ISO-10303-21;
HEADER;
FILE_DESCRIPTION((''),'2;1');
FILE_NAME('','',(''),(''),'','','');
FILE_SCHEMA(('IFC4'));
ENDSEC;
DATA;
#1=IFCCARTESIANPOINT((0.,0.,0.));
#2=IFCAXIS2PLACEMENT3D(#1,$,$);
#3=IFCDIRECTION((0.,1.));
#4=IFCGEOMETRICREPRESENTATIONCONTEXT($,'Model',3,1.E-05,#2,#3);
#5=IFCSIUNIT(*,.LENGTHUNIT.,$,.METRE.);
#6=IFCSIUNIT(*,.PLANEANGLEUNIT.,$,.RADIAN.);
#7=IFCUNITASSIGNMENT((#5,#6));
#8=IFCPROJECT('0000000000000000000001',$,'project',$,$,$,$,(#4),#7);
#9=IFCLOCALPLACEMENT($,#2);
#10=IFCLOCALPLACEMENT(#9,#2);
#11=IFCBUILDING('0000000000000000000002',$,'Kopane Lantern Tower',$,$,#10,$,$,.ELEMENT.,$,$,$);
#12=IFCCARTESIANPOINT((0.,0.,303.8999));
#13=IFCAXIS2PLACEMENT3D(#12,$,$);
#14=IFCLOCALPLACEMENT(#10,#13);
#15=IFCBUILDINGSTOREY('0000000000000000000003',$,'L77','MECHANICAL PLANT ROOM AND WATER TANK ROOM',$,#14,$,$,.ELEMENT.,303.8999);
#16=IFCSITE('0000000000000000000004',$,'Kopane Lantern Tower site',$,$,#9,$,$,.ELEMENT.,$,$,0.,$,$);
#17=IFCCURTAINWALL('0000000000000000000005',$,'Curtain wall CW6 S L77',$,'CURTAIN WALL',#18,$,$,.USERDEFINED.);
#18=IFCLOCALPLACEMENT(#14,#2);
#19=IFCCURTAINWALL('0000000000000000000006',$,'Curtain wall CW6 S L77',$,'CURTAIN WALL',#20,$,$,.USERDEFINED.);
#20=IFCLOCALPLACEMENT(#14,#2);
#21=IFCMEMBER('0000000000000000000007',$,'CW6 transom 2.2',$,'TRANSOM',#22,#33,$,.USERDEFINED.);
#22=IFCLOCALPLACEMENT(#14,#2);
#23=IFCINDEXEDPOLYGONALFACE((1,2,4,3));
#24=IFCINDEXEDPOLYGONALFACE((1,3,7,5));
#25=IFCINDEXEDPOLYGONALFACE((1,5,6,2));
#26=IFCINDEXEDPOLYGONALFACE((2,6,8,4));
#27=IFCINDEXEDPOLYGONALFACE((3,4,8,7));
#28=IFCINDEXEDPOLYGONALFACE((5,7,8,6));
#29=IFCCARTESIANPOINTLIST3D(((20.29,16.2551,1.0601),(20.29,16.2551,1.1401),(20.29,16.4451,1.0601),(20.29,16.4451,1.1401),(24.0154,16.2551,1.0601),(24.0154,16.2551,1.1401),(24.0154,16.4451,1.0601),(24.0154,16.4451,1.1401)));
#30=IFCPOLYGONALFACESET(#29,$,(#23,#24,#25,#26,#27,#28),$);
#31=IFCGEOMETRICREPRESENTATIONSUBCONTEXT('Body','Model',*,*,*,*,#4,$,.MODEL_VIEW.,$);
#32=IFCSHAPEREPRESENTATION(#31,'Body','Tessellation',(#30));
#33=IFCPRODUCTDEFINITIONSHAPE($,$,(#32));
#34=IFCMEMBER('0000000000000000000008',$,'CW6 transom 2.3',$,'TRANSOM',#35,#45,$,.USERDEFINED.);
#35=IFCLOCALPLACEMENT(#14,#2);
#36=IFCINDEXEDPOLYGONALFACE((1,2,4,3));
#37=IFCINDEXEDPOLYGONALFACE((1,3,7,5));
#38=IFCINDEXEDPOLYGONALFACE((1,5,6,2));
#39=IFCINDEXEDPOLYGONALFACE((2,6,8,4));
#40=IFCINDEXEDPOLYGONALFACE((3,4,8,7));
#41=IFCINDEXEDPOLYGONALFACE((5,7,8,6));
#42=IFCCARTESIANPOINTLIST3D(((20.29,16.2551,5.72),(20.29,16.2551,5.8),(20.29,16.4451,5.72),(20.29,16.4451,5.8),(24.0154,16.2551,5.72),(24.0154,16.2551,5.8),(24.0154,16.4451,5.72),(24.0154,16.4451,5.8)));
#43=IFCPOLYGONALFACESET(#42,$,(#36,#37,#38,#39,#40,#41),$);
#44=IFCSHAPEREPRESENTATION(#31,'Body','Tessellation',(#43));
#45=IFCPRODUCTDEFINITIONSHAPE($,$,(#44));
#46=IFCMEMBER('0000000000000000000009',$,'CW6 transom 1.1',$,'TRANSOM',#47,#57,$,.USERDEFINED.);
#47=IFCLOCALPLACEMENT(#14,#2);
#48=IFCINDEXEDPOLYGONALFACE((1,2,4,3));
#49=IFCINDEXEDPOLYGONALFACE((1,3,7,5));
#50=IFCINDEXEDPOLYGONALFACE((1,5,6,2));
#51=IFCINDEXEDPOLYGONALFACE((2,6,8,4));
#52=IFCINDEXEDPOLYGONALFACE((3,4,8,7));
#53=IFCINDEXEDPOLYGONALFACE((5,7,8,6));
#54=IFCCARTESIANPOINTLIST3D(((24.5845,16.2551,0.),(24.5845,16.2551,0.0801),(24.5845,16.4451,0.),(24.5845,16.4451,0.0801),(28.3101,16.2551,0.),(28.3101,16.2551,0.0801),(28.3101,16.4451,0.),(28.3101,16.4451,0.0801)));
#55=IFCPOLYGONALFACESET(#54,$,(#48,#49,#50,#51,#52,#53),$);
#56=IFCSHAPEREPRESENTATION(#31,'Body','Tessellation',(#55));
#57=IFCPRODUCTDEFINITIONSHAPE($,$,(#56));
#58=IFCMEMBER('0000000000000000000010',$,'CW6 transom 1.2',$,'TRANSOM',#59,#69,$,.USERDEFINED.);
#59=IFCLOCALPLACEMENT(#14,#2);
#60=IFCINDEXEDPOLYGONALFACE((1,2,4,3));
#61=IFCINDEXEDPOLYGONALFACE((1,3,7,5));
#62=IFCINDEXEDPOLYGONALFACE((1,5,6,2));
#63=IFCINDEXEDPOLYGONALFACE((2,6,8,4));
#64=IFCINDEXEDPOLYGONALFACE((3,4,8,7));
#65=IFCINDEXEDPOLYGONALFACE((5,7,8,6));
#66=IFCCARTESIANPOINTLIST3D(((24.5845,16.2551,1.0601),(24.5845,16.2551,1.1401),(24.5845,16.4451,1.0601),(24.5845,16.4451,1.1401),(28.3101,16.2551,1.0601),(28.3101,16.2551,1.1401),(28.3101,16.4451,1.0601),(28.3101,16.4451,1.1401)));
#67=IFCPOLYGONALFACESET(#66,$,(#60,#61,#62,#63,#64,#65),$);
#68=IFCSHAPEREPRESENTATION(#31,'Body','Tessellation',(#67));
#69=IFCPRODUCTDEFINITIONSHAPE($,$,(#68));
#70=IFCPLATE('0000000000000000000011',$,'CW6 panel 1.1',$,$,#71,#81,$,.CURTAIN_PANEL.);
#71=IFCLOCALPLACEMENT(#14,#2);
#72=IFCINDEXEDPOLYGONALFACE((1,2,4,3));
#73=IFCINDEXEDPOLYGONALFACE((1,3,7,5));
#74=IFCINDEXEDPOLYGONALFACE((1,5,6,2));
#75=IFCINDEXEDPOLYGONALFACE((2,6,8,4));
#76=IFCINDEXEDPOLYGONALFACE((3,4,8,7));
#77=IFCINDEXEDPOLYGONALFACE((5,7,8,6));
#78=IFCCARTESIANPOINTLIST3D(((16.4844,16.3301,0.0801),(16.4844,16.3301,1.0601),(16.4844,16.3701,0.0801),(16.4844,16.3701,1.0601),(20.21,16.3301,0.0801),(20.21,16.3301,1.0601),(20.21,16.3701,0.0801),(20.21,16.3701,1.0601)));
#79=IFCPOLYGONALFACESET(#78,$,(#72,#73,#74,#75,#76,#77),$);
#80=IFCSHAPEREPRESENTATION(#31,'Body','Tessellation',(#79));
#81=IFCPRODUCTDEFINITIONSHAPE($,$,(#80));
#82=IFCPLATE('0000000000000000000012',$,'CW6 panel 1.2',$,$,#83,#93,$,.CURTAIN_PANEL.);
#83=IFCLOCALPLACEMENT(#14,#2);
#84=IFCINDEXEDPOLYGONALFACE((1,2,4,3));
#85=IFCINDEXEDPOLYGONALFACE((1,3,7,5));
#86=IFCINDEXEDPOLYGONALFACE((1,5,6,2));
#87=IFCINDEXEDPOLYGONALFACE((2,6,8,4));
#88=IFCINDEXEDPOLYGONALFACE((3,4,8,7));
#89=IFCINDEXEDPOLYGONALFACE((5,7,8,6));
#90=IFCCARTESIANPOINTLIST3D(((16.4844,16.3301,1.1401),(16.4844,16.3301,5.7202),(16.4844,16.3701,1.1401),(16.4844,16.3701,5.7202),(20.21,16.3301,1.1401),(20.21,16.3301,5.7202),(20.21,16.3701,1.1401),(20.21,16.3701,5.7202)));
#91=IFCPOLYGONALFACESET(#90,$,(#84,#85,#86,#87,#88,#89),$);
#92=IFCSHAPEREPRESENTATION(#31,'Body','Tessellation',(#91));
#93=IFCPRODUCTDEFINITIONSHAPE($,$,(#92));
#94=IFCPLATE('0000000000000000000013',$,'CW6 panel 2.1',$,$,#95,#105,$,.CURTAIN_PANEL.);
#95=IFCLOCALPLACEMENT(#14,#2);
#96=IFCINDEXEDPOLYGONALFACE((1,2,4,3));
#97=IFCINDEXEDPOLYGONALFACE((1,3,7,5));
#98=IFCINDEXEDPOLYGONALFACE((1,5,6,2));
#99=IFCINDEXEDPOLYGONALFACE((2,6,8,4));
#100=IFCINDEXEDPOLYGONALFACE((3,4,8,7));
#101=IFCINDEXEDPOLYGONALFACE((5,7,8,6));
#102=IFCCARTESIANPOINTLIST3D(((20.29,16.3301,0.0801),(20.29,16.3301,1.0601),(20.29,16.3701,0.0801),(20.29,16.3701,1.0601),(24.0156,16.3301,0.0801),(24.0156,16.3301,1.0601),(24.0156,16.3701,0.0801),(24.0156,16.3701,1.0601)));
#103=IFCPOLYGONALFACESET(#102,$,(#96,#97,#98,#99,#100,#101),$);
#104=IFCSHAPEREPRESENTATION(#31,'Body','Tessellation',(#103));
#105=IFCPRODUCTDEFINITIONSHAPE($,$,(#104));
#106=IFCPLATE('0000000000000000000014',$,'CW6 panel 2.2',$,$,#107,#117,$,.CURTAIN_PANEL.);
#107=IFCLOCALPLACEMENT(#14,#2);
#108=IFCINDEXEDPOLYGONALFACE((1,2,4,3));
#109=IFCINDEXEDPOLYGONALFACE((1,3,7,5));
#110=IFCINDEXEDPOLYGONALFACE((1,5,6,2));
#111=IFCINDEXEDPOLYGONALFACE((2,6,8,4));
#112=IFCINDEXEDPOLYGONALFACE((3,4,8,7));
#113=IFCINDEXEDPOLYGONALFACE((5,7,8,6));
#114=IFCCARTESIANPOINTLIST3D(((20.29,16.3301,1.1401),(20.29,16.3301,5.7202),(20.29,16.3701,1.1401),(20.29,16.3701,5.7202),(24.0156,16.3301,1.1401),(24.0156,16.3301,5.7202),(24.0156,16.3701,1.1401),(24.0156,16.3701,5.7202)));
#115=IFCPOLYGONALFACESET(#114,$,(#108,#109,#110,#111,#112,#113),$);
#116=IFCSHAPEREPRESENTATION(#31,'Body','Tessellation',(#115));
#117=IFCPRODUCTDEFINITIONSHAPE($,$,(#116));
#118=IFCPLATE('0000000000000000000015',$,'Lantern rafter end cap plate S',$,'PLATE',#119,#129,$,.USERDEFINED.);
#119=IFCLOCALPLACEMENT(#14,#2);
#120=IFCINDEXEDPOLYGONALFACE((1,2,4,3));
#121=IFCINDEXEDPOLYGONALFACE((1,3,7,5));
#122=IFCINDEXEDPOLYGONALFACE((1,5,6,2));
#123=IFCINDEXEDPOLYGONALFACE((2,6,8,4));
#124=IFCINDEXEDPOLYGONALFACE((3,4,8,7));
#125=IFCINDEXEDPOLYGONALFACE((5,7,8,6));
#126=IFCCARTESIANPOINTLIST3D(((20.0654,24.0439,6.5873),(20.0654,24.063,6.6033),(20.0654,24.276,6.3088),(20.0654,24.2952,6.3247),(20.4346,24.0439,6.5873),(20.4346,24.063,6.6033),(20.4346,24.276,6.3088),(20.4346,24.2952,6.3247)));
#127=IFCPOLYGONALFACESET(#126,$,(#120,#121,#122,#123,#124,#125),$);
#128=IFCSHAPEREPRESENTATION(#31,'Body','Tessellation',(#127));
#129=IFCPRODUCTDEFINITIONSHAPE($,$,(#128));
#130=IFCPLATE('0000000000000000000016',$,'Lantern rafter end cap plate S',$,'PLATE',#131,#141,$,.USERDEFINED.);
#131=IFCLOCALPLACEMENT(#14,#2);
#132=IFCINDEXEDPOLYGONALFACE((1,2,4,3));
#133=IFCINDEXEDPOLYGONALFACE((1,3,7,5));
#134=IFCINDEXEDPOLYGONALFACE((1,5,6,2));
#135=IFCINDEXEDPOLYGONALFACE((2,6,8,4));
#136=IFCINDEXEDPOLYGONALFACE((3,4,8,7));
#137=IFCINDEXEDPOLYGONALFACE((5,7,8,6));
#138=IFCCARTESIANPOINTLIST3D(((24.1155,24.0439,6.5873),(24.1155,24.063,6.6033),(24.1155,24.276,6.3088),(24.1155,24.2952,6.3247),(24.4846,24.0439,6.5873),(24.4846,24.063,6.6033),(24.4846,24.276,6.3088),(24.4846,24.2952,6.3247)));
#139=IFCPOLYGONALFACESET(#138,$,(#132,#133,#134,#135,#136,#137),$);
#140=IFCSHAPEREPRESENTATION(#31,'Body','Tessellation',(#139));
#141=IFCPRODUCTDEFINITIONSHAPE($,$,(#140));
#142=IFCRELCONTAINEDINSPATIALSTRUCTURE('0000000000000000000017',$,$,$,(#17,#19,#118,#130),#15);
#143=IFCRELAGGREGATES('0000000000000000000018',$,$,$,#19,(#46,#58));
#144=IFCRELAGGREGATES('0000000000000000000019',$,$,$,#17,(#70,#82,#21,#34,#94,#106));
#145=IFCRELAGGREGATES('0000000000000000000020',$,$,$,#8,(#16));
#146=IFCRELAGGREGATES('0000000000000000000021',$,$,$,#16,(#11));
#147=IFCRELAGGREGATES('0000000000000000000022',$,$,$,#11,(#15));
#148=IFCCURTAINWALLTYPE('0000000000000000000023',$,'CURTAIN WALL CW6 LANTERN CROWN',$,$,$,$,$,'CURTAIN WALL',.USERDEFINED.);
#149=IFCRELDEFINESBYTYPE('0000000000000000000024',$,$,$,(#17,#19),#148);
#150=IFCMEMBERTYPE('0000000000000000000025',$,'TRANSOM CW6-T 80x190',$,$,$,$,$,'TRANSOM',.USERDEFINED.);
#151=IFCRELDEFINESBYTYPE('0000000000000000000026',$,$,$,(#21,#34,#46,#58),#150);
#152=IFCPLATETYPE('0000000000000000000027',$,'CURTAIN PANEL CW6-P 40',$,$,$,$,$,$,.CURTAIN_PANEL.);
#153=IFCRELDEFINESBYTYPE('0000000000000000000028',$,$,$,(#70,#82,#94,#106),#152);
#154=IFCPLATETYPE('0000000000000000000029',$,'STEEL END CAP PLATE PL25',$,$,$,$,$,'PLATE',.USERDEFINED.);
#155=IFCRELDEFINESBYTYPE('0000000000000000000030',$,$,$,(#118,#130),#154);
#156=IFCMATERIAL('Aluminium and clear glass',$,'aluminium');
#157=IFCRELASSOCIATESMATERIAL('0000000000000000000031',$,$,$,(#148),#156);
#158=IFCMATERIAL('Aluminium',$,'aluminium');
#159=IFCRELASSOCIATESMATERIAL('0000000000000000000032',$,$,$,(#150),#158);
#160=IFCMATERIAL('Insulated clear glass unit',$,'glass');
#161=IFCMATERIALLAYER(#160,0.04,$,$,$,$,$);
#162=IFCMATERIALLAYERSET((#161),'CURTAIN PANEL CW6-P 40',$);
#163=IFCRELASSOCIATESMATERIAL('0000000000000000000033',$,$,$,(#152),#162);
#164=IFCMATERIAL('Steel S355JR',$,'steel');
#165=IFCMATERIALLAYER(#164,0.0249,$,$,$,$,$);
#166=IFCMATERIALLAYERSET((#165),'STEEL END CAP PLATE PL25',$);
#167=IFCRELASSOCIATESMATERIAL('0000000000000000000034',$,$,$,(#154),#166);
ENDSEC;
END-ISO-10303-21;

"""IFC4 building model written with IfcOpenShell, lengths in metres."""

from ifc_helpers import new_model, si_unit, direction, frame, origin, origin_2d, place, context, subcontext, project, spatial, polyline, rectangle, outline, extrude, material, layer, layer_set, material_profile, profile_set, type_object, element, aggregate, save


model = new_model("IFC4")

# Units and contexts
model_context = context("Model", 3, precision=1e-05, world=origin(), true_north=direction((0.0, 1.0)))
body_context = subcontext(model_context, "Body", "Model", "MODEL_VIEW")
ifc_project = project(units=[si_unit("LENGTHUNIT", "METRE"), si_unit("PLANEANGLEUNIT", "RADIAN")], contexts=[model_context])

# Site, building, storey
site_placement = place(None, origin())
site = spatial("IfcSite", under=ifc_project, at=site_placement, Name="Kopane Lantern Tower site", CompositionType="ELEMENT", RefElevation=0.0)
building_placement = place(site_placement, origin())
building = spatial("IfcBuilding", under=site, at=building_placement, Name="Kopane Lantern Tower", CompositionType="ELEMENT")
storey_placement = place(building_placement, frame((0.0, 0.0, 303.8999)))
storey = spatial("IfcBuildingStorey", under=building, at=storey_placement, Name="L77", Description="MECHANICAL PLANT ROOM AND WATER TANK ROOM", CompositionType="ELEMENT", Elevation=303.8999)

# Curtain wall
ifc_material_1 = material(Name="Aluminium and clear glass", Category="aluminium")
curtain_wall_type = type_object("IfcCurtainWallType", Name="CURTAIN WALL CW6 LANTERN CROWN", ElementType="CURTAIN WALL", PredefinedType="USERDEFINED", material=ifc_material_1)
curtain_wall_1_placement = place(storey_placement, origin())
curtain_wall_1 = element("IfcCurtainWall", 1, at=curtain_wall_1_placement, inside=storey, type_object=curtain_wall_type, Name="Curtain wall CW6 S L77", ObjectType="CURTAIN WALL", PredefinedType="USERDEFINED")

# Curtain wall
curtain_wall_2_placement = place(storey_placement, origin())
curtain_wall_2 = element("IfcCurtainWall", 2, at=curtain_wall_2_placement, inside=storey, type_object=curtain_wall_type, Name="Curtain wall CW6 S L77", ObjectType="CURTAIN WALL", PredefinedType="USERDEFINED")

# Members
ifc_material_2 = material(Name="Aluminium", Category="aluminium")
ifc_material_profile_1 = material_profile(ifc_material_2, rectangle(XDim=0.1899, YDim=0.0801, at=origin_2d()), Name="AL 190x80")
ifc_profile_set_1 = profile_set([ifc_material_profile_1], Name="Aluminium")
member_type_1 = type_object("IfcMemberType", Name="TRANSOM CW6-T 80x190", ElementType="TRANSOM", PredefinedType="USERDEFINED", material=ifc_profile_set_1)
member_1_placement = place(storey_placement, frame((20.29, 16.3501, 1.1001), z_axis=(1.0, 0.0, 0.0), x_axis=(0.0, 1.0, 0.0)))
member_1 = element("IfcMember", 3, at=member_1_placement, type_object=member_type_1, Name="CW6 transom 2.2", ObjectType="TRANSOM", PredefinedType="USERDEFINED", context=body_context, shape_type="SweptSolid", body=[
    extrude(rectangle(XDim=0.1899, YDim=0.0801, at=origin_2d()), origin(), (0.0, 0.0, 1.0), 3.7253),
])
member_2_placement = place(storey_placement, frame((20.29, 16.3501, 5.76), z_axis=(1.0, 0.0, 0.0), x_axis=(0.0, 1.0, 0.0)))
member_2 = element("IfcMember", 4, at=member_2_placement, type_object=member_type_1, Name="CW6 transom 2.3", ObjectType="TRANSOM", PredefinedType="USERDEFINED", context=body_context, shape_type="SweptSolid", body=[
    extrude(rectangle(XDim=0.1899, YDim=0.0801, at=origin_2d()), origin(), (0.0, 0.0, 1.0), 3.7253),
])
member_3_placement = place(storey_placement, frame((24.5845, 16.3501, 0.04), z_axis=(1.0, 0.0, 0.0), x_axis=(0.0, 1.0, 0.0)))
member_3 = element("IfcMember", 5, at=member_3_placement, type_object=member_type_1, Name="CW6 transom 1.1", ObjectType="TRANSOM", PredefinedType="USERDEFINED", context=body_context, shape_type="SweptSolid", body=[
    extrude(rectangle(XDim=0.1899, YDim=0.0801, at=origin_2d()), origin(), (0.0, 0.0, 1.0), 3.7256),
])
member_4_placement = place(storey_placement, frame((24.5845, 16.3501, 1.1001), z_axis=(1.0, 0.0, 0.0), x_axis=(0.0, 1.0, 0.0)))
member_4 = element("IfcMember", 6, at=member_4_placement, type_object=member_type_1, Name="CW6 transom 1.2", ObjectType="TRANSOM", PredefinedType="USERDEFINED", context=body_context, shape_type="SweptSolid", body=[
    extrude(rectangle(XDim=0.1899, YDim=0.0801, at=origin_2d()), origin(), (0.0, 0.0, 1.0), 3.7256),
])
aggregate(curtain_wall_2, [member_3, member_4])

# Plates
ifc_material_3 = material(Name="Insulated clear glass unit", Category="glass")
ifc_layer_1 = layer(ifc_material_3, 0.04)
ifc_layer_set_1 = layer_set([ifc_layer_1], Name="CURTAIN PANEL CW6-P 40")
plate_type_1 = type_object("IfcPlateType", Name="CURTAIN PANEL CW6-P 40", PredefinedType="CURTAIN_PANEL", material=ifc_layer_set_1)
plate_1_placement = place(storey_placement, frame((18.3472, 16.3501, 0.0801), z_axis=(0.0, 0.0, 1.0), x_axis=(1.0, 0.0, 0.0)))
plate_1 = element("IfcPlate", 7, at=plate_1_placement, type_object=plate_type_1, Name="CW6 panel 1.1", PredefinedType="CURTAIN_PANEL", context=body_context, shape_type="SweptSolid", body=[
    extrude(rectangle(XDim=3.7256, YDim=0.04, at=origin_2d()), origin(), (0.0, 0.0, 1.0), 0.98),
])
plate_2_placement = place(storey_placement, frame((18.3472, 16.3501, 1.1401), z_axis=(0.0, 0.0, 1.0), x_axis=(1.0, 0.0, 0.0)))
plate_2 = element("IfcPlate", 8, at=plate_2_placement, type_object=plate_type_1, Name="CW6 panel 1.2", PredefinedType="CURTAIN_PANEL", context=body_context, shape_type="SweptSolid", body=[
    extrude(rectangle(XDim=3.7256, YDim=0.04, at=origin_2d()), origin(), (0.0, 0.0, 1.0), 4.5801),
])
plate_3_placement = place(storey_placement, frame((22.1528, 16.3501, 0.0801), z_axis=(0.0, 0.0, 1.0), x_axis=(1.0, 0.0, 0.0)))
plate_3 = element("IfcPlate", 9, at=plate_3_placement, type_object=plate_type_1, Name="CW6 panel 2.1", PredefinedType="CURTAIN_PANEL", context=body_context, shape_type="SweptSolid", body=[
    extrude(rectangle(XDim=3.7256, YDim=0.04, at=origin_2d()), origin(), (0.0, 0.0, 1.0), 0.98),
])
plate_4_placement = place(storey_placement, frame((22.1528, 16.3501, 1.1401), z_axis=(0.0, 0.0, 1.0), x_axis=(1.0, 0.0, 0.0)))
plate_4 = element("IfcPlate", 10, at=plate_4_placement, type_object=plate_type_1, Name="CW6 panel 2.2", PredefinedType="CURTAIN_PANEL", context=body_context, shape_type="SweptSolid", body=[
    extrude(rectangle(XDim=3.7256, YDim=0.04, at=origin_2d()), origin(), (0.0, 0.0, 1.0), 4.5801),
])
aggregate(curtain_wall_1, [plate_1, plate_2, member_1, member_2, plate_3, plate_4])

# Plates
ifc_material_4 = material(Name="Steel S355JR", Category="steel")
ifc_layer_2 = layer(ifc_material_4, 0.0249)
ifc_layer_set_2 = layer_set([ifc_layer_2], Name="STEEL END CAP PLATE PL25")
plate_type_2 = type_object("IfcPlateType", Name="STEEL END CAP PLATE PL25", ElementType="PLATE", PredefinedType="USERDEFINED", material=ifc_layer_set_2)
for number, where, z_axis, x_axis, name in (
    (11, (20.0654, 24.063, 6.6033), (0.0, 0.768166, 0.640251), (1.0, 0.0, 0.0), "Lantern rafter end cap plate S"),
    (12, (24.1155, 24.063, 6.6033), (0.0, 0.768166, 0.640251), (1.0, 0.0, 0.0), "Lantern rafter end cap plate S"),
):
    element("IfcPlate", number, at=place(storey_placement, frame(where, z_axis=z_axis, x_axis=x_axis)), inside=storey, type_object=plate_type_2, Name=name, ObjectType="PLATE", PredefinedType="USERDEFINED", context=body_context, shape_type="SweptSolid", body=[
        extrude(outline(polyline([(0.0, 0.0), (0.3691, 0.0), (0.3691, 0.3626), (0.0, 0.3626), (0.0, 0.0)])), origin(), (0.0, 0.0, -1.0), 0.0249),
    ])

save(model, "model.ifc")
